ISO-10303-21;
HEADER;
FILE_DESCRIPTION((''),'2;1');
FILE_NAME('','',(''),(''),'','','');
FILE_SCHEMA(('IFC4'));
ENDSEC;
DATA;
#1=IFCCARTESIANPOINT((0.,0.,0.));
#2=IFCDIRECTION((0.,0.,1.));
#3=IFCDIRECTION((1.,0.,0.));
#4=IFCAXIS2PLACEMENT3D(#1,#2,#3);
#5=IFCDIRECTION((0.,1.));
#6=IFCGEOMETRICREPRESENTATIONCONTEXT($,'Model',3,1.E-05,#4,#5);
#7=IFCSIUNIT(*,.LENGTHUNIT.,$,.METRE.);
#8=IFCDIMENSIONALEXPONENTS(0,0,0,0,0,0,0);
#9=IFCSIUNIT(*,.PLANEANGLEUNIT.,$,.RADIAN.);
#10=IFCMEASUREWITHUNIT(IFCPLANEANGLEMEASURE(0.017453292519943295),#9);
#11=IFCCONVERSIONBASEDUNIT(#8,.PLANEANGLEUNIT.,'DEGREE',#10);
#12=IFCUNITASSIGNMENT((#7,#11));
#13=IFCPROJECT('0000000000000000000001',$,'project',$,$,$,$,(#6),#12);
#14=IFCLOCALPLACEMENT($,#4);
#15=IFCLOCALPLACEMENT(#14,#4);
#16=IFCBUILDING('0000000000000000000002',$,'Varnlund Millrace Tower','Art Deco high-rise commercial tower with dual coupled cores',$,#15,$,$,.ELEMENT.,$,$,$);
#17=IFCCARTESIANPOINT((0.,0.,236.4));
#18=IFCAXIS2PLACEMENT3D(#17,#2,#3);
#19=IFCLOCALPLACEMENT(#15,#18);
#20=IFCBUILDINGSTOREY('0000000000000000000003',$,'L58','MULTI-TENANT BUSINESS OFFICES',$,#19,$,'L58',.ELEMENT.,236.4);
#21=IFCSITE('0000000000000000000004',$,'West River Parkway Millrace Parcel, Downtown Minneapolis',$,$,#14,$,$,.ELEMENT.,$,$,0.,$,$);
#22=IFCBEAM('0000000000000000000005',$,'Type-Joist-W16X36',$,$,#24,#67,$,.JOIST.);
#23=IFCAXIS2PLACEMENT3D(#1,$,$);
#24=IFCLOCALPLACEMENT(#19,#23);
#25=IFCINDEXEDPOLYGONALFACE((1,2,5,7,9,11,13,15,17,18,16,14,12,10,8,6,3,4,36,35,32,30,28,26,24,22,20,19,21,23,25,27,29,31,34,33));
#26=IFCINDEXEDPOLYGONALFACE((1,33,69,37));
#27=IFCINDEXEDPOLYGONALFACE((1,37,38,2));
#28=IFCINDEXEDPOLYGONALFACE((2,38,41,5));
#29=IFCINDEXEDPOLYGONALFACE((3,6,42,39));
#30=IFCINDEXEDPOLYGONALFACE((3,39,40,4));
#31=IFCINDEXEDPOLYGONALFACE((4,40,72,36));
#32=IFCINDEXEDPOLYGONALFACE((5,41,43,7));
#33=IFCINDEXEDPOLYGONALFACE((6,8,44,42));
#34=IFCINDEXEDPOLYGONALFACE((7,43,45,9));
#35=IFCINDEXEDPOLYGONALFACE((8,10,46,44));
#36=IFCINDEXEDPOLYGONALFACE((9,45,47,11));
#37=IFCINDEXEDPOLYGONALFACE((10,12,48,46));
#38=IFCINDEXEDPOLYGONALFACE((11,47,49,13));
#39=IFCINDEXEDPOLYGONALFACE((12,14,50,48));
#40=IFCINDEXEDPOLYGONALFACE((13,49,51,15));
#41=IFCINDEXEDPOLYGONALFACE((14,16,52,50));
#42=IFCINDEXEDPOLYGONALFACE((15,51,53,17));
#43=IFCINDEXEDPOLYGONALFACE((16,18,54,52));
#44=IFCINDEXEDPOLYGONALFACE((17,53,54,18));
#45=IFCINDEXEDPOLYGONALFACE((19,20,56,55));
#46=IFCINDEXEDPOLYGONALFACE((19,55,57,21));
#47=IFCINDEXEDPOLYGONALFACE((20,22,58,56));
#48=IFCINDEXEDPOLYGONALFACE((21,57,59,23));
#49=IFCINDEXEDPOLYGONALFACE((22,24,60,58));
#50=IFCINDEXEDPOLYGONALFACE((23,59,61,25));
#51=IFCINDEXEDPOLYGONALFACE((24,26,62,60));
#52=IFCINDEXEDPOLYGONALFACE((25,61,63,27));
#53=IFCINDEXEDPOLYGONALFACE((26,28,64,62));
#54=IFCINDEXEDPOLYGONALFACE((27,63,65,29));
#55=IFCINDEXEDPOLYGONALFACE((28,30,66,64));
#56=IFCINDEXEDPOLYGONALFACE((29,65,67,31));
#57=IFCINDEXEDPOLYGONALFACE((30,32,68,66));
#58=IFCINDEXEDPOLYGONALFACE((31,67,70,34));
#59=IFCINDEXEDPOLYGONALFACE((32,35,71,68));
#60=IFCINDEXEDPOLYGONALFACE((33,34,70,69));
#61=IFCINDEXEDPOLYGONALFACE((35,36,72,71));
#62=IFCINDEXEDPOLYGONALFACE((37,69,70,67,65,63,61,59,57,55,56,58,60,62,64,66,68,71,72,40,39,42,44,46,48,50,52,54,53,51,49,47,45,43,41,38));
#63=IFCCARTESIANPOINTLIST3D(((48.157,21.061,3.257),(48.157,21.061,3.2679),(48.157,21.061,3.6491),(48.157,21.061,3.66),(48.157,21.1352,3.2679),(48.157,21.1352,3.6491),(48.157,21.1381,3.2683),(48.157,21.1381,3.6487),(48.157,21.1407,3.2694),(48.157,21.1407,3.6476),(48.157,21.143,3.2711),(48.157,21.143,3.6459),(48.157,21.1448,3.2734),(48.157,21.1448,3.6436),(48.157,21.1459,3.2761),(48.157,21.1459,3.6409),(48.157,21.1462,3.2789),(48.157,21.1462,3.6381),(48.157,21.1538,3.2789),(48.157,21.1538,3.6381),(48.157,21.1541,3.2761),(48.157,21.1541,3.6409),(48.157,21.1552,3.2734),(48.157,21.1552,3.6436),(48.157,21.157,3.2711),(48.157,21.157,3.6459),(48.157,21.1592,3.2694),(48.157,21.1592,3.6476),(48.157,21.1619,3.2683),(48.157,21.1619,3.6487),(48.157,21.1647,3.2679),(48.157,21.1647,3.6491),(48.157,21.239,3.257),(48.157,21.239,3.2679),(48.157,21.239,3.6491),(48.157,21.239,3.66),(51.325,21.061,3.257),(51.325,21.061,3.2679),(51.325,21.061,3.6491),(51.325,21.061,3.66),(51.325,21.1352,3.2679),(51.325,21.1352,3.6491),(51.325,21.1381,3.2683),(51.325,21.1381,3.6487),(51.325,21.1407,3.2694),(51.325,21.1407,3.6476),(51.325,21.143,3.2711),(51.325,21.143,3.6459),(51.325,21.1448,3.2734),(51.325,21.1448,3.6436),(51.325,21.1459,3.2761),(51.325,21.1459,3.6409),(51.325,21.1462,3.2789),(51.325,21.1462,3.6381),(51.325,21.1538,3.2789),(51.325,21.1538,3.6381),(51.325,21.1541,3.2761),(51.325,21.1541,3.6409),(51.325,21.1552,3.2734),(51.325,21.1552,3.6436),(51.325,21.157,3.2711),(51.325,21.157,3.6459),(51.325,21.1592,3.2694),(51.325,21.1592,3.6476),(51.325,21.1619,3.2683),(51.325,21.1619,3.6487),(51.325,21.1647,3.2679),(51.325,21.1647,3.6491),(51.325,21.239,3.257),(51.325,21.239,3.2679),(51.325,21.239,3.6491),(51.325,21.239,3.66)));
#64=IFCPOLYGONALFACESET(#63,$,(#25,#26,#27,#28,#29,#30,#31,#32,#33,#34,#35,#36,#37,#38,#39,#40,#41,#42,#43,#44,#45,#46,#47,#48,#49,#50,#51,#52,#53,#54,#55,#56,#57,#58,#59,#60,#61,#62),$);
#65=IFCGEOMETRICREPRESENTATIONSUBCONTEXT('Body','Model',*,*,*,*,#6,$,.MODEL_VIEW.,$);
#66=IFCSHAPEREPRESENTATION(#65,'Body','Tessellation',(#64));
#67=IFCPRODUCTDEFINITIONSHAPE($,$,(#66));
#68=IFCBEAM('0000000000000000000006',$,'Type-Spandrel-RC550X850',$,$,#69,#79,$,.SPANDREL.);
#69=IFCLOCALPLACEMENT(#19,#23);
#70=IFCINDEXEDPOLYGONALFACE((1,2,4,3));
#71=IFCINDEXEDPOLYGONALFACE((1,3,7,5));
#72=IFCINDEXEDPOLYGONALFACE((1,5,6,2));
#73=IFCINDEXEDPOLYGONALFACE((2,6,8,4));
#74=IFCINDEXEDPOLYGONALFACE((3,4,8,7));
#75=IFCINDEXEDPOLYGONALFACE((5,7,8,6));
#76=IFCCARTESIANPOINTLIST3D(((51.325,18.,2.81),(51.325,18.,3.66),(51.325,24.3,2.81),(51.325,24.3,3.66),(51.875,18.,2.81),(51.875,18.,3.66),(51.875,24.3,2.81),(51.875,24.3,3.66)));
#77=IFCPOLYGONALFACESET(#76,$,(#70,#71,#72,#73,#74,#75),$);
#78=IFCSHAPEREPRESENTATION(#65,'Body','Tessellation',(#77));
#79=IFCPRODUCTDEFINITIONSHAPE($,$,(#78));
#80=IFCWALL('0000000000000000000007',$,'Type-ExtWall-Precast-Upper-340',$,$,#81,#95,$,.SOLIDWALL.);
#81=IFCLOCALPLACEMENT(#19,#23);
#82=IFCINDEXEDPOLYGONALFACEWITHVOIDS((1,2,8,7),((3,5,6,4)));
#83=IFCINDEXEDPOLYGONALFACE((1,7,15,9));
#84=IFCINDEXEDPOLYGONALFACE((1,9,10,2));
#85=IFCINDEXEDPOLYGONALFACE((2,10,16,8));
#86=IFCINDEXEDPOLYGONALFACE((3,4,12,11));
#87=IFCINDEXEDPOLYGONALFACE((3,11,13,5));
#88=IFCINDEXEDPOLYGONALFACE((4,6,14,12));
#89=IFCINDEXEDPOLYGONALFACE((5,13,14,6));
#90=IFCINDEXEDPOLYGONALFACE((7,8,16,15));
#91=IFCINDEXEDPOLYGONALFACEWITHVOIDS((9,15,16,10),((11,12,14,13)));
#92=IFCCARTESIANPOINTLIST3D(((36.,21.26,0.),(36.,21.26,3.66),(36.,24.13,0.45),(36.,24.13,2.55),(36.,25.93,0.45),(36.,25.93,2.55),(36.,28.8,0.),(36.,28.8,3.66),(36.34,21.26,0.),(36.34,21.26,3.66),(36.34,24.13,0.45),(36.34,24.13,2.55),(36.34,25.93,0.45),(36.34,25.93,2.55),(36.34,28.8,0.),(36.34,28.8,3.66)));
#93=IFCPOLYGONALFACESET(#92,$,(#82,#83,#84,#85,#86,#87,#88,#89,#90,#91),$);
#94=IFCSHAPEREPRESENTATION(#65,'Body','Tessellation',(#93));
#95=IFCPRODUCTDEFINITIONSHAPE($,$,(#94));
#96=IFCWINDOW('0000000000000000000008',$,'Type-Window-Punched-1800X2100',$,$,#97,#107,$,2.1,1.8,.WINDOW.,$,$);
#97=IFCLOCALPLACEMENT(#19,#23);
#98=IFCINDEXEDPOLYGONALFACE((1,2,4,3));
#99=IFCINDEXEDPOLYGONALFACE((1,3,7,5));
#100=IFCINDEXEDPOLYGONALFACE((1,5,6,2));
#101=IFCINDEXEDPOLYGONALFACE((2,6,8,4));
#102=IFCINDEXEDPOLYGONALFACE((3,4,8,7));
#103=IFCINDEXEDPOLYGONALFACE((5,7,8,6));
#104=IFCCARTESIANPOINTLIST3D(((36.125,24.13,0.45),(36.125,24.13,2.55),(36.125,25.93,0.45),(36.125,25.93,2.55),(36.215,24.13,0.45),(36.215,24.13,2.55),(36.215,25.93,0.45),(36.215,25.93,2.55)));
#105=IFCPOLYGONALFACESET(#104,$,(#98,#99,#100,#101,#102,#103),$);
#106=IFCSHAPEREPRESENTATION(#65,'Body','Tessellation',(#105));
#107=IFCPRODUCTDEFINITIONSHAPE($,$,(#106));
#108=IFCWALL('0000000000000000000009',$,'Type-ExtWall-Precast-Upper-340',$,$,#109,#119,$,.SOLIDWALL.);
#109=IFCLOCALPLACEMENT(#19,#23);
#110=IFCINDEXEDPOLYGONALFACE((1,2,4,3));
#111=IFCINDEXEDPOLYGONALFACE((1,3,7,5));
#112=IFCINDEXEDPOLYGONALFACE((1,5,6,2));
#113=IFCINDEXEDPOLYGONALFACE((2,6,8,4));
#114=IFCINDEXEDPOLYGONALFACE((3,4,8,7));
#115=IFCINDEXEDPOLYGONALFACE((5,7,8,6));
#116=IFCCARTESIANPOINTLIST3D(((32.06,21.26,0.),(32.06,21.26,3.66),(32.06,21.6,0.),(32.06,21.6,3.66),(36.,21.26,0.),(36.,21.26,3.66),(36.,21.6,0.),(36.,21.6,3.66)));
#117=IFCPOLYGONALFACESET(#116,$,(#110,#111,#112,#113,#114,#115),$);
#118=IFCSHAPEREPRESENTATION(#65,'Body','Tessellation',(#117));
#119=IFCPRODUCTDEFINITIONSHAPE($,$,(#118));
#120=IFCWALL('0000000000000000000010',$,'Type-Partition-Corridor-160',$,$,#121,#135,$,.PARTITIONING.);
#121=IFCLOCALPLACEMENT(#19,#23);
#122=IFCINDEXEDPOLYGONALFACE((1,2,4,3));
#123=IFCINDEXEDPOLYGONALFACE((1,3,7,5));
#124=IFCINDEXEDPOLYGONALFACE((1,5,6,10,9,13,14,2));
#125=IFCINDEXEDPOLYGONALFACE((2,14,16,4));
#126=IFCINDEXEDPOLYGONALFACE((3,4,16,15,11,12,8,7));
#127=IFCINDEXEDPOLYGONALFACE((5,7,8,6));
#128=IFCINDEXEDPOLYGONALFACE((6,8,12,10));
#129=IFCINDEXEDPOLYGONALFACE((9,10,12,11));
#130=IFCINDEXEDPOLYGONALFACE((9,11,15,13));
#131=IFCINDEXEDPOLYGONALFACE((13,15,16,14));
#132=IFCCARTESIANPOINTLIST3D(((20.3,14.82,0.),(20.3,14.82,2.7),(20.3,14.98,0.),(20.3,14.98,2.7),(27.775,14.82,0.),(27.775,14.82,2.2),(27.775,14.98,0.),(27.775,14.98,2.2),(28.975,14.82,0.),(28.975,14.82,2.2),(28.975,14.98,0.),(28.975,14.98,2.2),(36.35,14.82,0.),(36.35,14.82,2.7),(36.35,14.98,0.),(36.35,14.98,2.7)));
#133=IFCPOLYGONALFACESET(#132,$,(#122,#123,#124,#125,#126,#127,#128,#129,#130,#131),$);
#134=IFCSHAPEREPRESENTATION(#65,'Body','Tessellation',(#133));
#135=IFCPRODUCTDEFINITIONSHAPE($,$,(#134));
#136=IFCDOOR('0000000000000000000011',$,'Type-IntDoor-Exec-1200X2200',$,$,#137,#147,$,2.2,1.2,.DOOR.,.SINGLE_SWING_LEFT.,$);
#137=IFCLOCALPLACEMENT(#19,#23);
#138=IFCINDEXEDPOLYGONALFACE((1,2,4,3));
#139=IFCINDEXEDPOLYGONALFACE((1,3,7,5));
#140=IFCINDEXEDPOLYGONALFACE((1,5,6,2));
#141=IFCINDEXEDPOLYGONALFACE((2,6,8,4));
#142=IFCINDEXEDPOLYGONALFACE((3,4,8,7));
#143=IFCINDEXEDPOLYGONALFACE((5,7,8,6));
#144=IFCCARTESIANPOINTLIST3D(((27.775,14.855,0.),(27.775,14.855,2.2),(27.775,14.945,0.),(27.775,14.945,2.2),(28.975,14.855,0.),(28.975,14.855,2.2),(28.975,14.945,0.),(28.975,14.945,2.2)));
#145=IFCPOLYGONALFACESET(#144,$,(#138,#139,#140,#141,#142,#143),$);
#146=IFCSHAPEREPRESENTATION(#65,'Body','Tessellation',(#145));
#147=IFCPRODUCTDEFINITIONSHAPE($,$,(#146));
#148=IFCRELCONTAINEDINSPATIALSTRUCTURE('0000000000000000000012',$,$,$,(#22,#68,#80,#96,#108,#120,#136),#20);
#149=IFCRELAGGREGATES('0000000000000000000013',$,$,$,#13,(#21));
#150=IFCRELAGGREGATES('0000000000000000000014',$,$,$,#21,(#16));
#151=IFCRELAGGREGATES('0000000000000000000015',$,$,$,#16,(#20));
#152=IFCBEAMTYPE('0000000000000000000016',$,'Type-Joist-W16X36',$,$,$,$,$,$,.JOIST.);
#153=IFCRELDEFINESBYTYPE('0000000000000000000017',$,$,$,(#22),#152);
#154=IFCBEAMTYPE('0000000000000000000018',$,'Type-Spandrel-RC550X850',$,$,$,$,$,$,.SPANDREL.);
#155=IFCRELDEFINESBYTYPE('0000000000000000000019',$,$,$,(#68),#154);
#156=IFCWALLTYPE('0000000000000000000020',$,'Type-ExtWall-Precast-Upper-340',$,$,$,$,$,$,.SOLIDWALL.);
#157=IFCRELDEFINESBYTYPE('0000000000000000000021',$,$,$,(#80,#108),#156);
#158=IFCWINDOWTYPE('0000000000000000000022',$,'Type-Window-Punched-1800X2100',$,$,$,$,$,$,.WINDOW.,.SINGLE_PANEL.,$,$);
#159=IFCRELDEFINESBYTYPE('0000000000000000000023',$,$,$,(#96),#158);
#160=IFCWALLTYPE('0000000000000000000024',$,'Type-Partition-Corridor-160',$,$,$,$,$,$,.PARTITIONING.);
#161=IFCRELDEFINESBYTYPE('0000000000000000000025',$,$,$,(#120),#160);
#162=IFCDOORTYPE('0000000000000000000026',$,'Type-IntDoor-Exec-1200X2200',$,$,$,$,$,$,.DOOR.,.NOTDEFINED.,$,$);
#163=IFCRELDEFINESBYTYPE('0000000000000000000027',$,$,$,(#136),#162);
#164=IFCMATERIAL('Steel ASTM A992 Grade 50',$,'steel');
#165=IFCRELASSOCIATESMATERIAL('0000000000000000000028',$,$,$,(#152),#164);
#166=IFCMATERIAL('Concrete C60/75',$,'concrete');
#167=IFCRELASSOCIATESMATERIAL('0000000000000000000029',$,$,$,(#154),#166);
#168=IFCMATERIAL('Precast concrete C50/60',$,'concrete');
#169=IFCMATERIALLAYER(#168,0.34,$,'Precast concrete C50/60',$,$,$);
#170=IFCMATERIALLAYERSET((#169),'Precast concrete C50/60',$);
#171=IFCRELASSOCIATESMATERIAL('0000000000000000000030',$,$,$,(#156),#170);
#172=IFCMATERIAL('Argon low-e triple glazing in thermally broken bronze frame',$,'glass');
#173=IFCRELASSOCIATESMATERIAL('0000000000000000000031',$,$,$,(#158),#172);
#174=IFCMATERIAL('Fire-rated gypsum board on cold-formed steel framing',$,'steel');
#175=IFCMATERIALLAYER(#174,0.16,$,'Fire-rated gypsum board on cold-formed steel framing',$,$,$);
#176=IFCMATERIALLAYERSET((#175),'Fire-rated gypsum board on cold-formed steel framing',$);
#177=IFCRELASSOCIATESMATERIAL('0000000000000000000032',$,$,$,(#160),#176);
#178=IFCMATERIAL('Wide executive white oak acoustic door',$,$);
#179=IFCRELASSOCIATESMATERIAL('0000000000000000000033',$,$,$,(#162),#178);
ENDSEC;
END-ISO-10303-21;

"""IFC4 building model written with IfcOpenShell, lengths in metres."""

from ifc_helpers import new_model, entity, si_unit, converted_unit, direction, frame, origin_with_axes, origin_2d_with_axis, place, context, subcontext, project, spatial, polyline, rectangle, i_section, outline, extrude, material, layer, layer_set, material_profile, profile_set, type_object, element, fill, save


model = new_model("IFC4")

# Units and contexts
model_context = context("Model", 3, precision=1e-05, world=origin_with_axes(), true_north=direction((0.0, 1.0)))
body_context = subcontext(model_context, "Body", "Model", "MODEL_VIEW")
ifc_project = project(units=[si_unit("LENGTHUNIT", "METRE"), converted_unit("PLANEANGLEUNIT", "DEGREE", entity("IfcPlaneAngleMeasure", 0.017453292519943295), si_unit("PLANEANGLEUNIT", "RADIAN"), dimensions=[0, 0, 0, 0, 0, 0, 0])], contexts=[model_context])

# Site, building, storey
site_placement = place(None, origin_with_axes())
site = spatial("IfcSite", under=ifc_project, at=site_placement, Name="West River Parkway Millrace Parcel, Downtown Minneapolis", CompositionType="ELEMENT", RefElevation=0.0)
building_placement = place(site_placement, origin_with_axes())
building = spatial("IfcBuilding", under=site, at=building_placement, Name="Varnlund Millrace Tower", Description="Art Deco high-rise commercial tower with dual coupled cores", CompositionType="ELEMENT")
storey_placement = place(building_placement, frame((0.0, 0.0, 236.4), z_axis=(0.0, 0.0, 1.0), x_axis=(1.0, 0.0, 0.0)))
storey = spatial("IfcBuildingStorey", under=building, at=storey_placement, Name="L58", Description="MULTI-TENANT BUSINESS OFFICES", LongName="L58", CompositionType="ELEMENT", Elevation=236.4)

# Beams
ifc_material_1 = material(Name="Steel ASTM A992 Grade 50", Category="steel")
ifc_material_profile_1 = material_profile(ifc_material_1, i_section(OverallWidth=0.178, OverallDepth=0.403, WebThickness=0.0075, FlangeThickness=0.0109, FilletRadius=0.011, at=origin_2d_with_axis()), Name="Steel ASTM A992 Grade 50")
ifc_profile_set_1 = profile_set([ifc_material_profile_1], Name="Steel ASTM A992 Grade 50")
beam_type_1 = type_object("IfcBeamType", Name="Type-Joist-W16X36", PredefinedType="JOIST", material=ifc_profile_set_1)
for number, where, z_axis, x_axis, name in (
    (1, (48.157, 21.15, 3.4585), (1.0, 0.0, 0.0), (0.0, 1.0, 0.0), "Type-Joist-W16X36"),
):
    element("IfcBeam", number, at=place(storey_placement, frame(where, z_axis=z_axis, x_axis=x_axis)), inside=storey, type_object=beam_type_1, Name=name, PredefinedType="JOIST", context=body_context, shape_type="SweptSolid", body=[
        extrude(i_section(OverallWidth=0.178, OverallDepth=0.403, WebThickness=0.0075, FlangeThickness=0.0109, FilletRadius=0.011, at=origin_2d_with_axis()), origin_with_axes(), (0.0, 0.0, 1.0), 3.168),
    ])
ifc_material_2 = material(Name="Concrete C60/75", Category="concrete")
ifc_material_profile_2 = material_profile(ifc_material_2, rectangle(XDim=0.55, YDim=0.85, at=origin_2d_with_axis()), Name="Concrete C60/75")
ifc_profile_set_2 = profile_set([ifc_material_profile_2], Name="Concrete C60/75")
beam_type_2 = type_object("IfcBeamType", Name="Type-Spandrel-RC550X850", PredefinedType="SPANDREL", material=ifc_profile_set_2)
beam_1_placement = place(storey_placement, frame((51.6, 18.0, 3.235), z_axis=(0.0, 1.0, 0.0), x_axis=(-1.0, 0.0, 0.0)))
element("IfcBeam", 2, at=beam_1_placement, inside=storey, type_object=beam_type_2, Name="Type-Spandrel-RC550X850", PredefinedType="SPANDREL", context=body_context, shape_type="SweptSolid", body=[
    extrude(rectangle(XDim=0.55, YDim=0.85, at=origin_2d_with_axis()), origin_with_axes(), (0.0, 0.0, 1.0), 6.3),
])

# Wall, opening, window
ifc_material_3 = material(Name="Precast concrete C50/60", Category="concrete")
ifc_layer_1 = layer(ifc_material_3, 0.34, Name="Precast concrete C50/60")
ifc_layer_set_1 = layer_set([ifc_layer_1], Name="Precast concrete C50/60")
wall_type_1 = type_object("IfcWallType", Name="Type-ExtWall-Precast-Upper-340", PredefinedType="SOLIDWALL", material=ifc_layer_set_1)
wall_1_placement = place(storey_placement, frame((36.17, 21.26, 0.0), z_axis=(0.0, 0.0, 1.0), x_axis=(0.0, 1.0, 0.0)))
wall_1 = element("IfcWall", 3, at=wall_1_placement, inside=storey, type_object=wall_type_1, Name="Type-ExtWall-Precast-Upper-340", PredefinedType="SOLIDWALL", context=body_context, shape_type="SweptSolid", body=[
    extrude(outline(polyline([(0.0, -0.17), (7.54, -0.17), (7.54, 0.17), (0.0, 0.17), (0.0, -0.17)])), origin_with_axes(), (0.0, 0.0, 1.0), 3.66),
])
opening_1_placement = place(wall_1_placement, frame((3.77, 0.0, 0.45), z_axis=(0.0, 0.0, 1.0), x_axis=(1.0, 0.0, 0.0)))
opening_1 = element("IfcOpeningElement", 4, at=opening_1_placement, cuts=wall_1, PredefinedType="OPENING", context=body_context, shape_type="SweptSolid", body=[
    extrude(rectangle(XDim=1.8, YDim=0.36, at=origin_2d_with_axis()), origin_with_axes(), (0.0, 0.0, 1.0), 2.1),
])
ifc_material_4 = material(Name="Argon low-e triple glazing in thermally broken bronze frame", Category="glass")
window_type = type_object("IfcWindowType", Name="Type-Window-Punched-1800X2100", PartitioningType="SINGLE_PANEL", PredefinedType="WINDOW", material=ifc_material_4)
window_placement = place(wall_1_placement, frame((3.77, 0.0, 0.45), z_axis=(0.0, 0.0, 1.0), x_axis=(1.0, 0.0, 0.0)))
window = element("IfcWindow", 5, at=window_placement, inside=storey, type_object=window_type, Name="Type-Window-Punched-1800X2100", OverallHeight=2.1, OverallWidth=1.8, PredefinedType="WINDOW", context=body_context, shape_type="SweptSolid", body=[
    extrude(rectangle(XDim=1.8, YDim=0.09, at=origin_2d_with_axis()), origin_with_axes(), (0.0, 0.0, 1.0), 2.1),
])
fill(opening_1, window)

# Wall
wall_2_placement = place(storey_placement, frame((32.06, 21.43, 0.0), z_axis=(0.0, 0.0, 1.0), x_axis=(1.0, 0.0, 0.0)))
element("IfcWall", 6, at=wall_2_placement, inside=storey, type_object=wall_type_1, Name="Type-ExtWall-Precast-Upper-340", PredefinedType="SOLIDWALL", context=body_context, shape_type="SweptSolid", body=[
    extrude(outline(polyline([(0.0, -0.17), (3.94, -0.17), (3.94, 0.17), (0.0, 0.17), (0.0, -0.17)])), origin_with_axes(), (0.0, 0.0, 1.0), 3.66),
])

# Wall, opening, door
ifc_material_5 = material(Name="Fire-rated gypsum board on cold-formed steel framing", Category="steel")
ifc_layer_2 = layer(ifc_material_5, 0.16, Name="Fire-rated gypsum board on cold-formed steel framing")
ifc_layer_set_2 = layer_set([ifc_layer_2], Name="Fire-rated gypsum board on cold-formed steel framing")
wall_type_2 = type_object("IfcWallType", Name="Type-Partition-Corridor-160", PredefinedType="PARTITIONING", material=ifc_layer_set_2)
wall_3_placement = place(storey_placement, frame((20.3, 14.9, 0.0), z_axis=(0.0, 0.0, 1.0), x_axis=(1.0, 0.0, 0.0)))
wall_3 = element("IfcWall", 7, at=wall_3_placement, inside=storey, type_object=wall_type_2, Name="Type-Partition-Corridor-160", PredefinedType="PARTITIONING", context=body_context, shape_type="SweptSolid", body=[
    extrude(outline(polyline([(0.0, -0.08), (16.05, -0.08), (16.05, 0.08), (0.0, 0.08), (0.0, -0.08)])), origin_with_axes(), (0.0, 0.0, 1.0), 2.7),
])
opening_2_placement = place(wall_3_placement, frame((8.075, 0.0, 0.0), z_axis=(0.0, 0.0, 1.0), x_axis=(1.0, 0.0, 0.0)))
opening_2 = element("IfcOpeningElement", 8, at=opening_2_placement, cuts=wall_3, PredefinedType="OPENING", context=body_context, shape_type="SweptSolid", body=[
    extrude(rectangle(XDim=1.2, YDim=0.18, at=origin_2d_with_axis()), origin_with_axes(), (0.0, 0.0, 1.0), 2.2),
])
ifc_material_6 = material(Name="Wide executive white oak acoustic door")
door_type = type_object("IfcDoorType", Name="Type-IntDoor-Exec-1200X2200", OperationType="NOTDEFINED", PredefinedType="DOOR", material=ifc_material_6)
door_placement = place(wall_3_placement, frame((8.075, 0.0, 0.0), z_axis=(0.0, 0.0, 1.0), x_axis=(1.0, 0.0, 0.0)))
door = element("IfcDoor", 9, at=door_placement, inside=storey, type_object=door_type, Name="Type-IntDoor-Exec-1200X2200", OperationType="SINGLE_SWING_LEFT", OverallHeight=2.2, OverallWidth=1.2, PredefinedType="DOOR", context=body_context, shape_type="SweptSolid", body=[
    extrude(rectangle(XDim=1.2, YDim=0.09, at=origin_2d_with_axis()), origin_with_axes(), (0.0, 0.0, 1.0), 2.2),
])
fill(opening_2, door)

save(model, "model.ifc")
